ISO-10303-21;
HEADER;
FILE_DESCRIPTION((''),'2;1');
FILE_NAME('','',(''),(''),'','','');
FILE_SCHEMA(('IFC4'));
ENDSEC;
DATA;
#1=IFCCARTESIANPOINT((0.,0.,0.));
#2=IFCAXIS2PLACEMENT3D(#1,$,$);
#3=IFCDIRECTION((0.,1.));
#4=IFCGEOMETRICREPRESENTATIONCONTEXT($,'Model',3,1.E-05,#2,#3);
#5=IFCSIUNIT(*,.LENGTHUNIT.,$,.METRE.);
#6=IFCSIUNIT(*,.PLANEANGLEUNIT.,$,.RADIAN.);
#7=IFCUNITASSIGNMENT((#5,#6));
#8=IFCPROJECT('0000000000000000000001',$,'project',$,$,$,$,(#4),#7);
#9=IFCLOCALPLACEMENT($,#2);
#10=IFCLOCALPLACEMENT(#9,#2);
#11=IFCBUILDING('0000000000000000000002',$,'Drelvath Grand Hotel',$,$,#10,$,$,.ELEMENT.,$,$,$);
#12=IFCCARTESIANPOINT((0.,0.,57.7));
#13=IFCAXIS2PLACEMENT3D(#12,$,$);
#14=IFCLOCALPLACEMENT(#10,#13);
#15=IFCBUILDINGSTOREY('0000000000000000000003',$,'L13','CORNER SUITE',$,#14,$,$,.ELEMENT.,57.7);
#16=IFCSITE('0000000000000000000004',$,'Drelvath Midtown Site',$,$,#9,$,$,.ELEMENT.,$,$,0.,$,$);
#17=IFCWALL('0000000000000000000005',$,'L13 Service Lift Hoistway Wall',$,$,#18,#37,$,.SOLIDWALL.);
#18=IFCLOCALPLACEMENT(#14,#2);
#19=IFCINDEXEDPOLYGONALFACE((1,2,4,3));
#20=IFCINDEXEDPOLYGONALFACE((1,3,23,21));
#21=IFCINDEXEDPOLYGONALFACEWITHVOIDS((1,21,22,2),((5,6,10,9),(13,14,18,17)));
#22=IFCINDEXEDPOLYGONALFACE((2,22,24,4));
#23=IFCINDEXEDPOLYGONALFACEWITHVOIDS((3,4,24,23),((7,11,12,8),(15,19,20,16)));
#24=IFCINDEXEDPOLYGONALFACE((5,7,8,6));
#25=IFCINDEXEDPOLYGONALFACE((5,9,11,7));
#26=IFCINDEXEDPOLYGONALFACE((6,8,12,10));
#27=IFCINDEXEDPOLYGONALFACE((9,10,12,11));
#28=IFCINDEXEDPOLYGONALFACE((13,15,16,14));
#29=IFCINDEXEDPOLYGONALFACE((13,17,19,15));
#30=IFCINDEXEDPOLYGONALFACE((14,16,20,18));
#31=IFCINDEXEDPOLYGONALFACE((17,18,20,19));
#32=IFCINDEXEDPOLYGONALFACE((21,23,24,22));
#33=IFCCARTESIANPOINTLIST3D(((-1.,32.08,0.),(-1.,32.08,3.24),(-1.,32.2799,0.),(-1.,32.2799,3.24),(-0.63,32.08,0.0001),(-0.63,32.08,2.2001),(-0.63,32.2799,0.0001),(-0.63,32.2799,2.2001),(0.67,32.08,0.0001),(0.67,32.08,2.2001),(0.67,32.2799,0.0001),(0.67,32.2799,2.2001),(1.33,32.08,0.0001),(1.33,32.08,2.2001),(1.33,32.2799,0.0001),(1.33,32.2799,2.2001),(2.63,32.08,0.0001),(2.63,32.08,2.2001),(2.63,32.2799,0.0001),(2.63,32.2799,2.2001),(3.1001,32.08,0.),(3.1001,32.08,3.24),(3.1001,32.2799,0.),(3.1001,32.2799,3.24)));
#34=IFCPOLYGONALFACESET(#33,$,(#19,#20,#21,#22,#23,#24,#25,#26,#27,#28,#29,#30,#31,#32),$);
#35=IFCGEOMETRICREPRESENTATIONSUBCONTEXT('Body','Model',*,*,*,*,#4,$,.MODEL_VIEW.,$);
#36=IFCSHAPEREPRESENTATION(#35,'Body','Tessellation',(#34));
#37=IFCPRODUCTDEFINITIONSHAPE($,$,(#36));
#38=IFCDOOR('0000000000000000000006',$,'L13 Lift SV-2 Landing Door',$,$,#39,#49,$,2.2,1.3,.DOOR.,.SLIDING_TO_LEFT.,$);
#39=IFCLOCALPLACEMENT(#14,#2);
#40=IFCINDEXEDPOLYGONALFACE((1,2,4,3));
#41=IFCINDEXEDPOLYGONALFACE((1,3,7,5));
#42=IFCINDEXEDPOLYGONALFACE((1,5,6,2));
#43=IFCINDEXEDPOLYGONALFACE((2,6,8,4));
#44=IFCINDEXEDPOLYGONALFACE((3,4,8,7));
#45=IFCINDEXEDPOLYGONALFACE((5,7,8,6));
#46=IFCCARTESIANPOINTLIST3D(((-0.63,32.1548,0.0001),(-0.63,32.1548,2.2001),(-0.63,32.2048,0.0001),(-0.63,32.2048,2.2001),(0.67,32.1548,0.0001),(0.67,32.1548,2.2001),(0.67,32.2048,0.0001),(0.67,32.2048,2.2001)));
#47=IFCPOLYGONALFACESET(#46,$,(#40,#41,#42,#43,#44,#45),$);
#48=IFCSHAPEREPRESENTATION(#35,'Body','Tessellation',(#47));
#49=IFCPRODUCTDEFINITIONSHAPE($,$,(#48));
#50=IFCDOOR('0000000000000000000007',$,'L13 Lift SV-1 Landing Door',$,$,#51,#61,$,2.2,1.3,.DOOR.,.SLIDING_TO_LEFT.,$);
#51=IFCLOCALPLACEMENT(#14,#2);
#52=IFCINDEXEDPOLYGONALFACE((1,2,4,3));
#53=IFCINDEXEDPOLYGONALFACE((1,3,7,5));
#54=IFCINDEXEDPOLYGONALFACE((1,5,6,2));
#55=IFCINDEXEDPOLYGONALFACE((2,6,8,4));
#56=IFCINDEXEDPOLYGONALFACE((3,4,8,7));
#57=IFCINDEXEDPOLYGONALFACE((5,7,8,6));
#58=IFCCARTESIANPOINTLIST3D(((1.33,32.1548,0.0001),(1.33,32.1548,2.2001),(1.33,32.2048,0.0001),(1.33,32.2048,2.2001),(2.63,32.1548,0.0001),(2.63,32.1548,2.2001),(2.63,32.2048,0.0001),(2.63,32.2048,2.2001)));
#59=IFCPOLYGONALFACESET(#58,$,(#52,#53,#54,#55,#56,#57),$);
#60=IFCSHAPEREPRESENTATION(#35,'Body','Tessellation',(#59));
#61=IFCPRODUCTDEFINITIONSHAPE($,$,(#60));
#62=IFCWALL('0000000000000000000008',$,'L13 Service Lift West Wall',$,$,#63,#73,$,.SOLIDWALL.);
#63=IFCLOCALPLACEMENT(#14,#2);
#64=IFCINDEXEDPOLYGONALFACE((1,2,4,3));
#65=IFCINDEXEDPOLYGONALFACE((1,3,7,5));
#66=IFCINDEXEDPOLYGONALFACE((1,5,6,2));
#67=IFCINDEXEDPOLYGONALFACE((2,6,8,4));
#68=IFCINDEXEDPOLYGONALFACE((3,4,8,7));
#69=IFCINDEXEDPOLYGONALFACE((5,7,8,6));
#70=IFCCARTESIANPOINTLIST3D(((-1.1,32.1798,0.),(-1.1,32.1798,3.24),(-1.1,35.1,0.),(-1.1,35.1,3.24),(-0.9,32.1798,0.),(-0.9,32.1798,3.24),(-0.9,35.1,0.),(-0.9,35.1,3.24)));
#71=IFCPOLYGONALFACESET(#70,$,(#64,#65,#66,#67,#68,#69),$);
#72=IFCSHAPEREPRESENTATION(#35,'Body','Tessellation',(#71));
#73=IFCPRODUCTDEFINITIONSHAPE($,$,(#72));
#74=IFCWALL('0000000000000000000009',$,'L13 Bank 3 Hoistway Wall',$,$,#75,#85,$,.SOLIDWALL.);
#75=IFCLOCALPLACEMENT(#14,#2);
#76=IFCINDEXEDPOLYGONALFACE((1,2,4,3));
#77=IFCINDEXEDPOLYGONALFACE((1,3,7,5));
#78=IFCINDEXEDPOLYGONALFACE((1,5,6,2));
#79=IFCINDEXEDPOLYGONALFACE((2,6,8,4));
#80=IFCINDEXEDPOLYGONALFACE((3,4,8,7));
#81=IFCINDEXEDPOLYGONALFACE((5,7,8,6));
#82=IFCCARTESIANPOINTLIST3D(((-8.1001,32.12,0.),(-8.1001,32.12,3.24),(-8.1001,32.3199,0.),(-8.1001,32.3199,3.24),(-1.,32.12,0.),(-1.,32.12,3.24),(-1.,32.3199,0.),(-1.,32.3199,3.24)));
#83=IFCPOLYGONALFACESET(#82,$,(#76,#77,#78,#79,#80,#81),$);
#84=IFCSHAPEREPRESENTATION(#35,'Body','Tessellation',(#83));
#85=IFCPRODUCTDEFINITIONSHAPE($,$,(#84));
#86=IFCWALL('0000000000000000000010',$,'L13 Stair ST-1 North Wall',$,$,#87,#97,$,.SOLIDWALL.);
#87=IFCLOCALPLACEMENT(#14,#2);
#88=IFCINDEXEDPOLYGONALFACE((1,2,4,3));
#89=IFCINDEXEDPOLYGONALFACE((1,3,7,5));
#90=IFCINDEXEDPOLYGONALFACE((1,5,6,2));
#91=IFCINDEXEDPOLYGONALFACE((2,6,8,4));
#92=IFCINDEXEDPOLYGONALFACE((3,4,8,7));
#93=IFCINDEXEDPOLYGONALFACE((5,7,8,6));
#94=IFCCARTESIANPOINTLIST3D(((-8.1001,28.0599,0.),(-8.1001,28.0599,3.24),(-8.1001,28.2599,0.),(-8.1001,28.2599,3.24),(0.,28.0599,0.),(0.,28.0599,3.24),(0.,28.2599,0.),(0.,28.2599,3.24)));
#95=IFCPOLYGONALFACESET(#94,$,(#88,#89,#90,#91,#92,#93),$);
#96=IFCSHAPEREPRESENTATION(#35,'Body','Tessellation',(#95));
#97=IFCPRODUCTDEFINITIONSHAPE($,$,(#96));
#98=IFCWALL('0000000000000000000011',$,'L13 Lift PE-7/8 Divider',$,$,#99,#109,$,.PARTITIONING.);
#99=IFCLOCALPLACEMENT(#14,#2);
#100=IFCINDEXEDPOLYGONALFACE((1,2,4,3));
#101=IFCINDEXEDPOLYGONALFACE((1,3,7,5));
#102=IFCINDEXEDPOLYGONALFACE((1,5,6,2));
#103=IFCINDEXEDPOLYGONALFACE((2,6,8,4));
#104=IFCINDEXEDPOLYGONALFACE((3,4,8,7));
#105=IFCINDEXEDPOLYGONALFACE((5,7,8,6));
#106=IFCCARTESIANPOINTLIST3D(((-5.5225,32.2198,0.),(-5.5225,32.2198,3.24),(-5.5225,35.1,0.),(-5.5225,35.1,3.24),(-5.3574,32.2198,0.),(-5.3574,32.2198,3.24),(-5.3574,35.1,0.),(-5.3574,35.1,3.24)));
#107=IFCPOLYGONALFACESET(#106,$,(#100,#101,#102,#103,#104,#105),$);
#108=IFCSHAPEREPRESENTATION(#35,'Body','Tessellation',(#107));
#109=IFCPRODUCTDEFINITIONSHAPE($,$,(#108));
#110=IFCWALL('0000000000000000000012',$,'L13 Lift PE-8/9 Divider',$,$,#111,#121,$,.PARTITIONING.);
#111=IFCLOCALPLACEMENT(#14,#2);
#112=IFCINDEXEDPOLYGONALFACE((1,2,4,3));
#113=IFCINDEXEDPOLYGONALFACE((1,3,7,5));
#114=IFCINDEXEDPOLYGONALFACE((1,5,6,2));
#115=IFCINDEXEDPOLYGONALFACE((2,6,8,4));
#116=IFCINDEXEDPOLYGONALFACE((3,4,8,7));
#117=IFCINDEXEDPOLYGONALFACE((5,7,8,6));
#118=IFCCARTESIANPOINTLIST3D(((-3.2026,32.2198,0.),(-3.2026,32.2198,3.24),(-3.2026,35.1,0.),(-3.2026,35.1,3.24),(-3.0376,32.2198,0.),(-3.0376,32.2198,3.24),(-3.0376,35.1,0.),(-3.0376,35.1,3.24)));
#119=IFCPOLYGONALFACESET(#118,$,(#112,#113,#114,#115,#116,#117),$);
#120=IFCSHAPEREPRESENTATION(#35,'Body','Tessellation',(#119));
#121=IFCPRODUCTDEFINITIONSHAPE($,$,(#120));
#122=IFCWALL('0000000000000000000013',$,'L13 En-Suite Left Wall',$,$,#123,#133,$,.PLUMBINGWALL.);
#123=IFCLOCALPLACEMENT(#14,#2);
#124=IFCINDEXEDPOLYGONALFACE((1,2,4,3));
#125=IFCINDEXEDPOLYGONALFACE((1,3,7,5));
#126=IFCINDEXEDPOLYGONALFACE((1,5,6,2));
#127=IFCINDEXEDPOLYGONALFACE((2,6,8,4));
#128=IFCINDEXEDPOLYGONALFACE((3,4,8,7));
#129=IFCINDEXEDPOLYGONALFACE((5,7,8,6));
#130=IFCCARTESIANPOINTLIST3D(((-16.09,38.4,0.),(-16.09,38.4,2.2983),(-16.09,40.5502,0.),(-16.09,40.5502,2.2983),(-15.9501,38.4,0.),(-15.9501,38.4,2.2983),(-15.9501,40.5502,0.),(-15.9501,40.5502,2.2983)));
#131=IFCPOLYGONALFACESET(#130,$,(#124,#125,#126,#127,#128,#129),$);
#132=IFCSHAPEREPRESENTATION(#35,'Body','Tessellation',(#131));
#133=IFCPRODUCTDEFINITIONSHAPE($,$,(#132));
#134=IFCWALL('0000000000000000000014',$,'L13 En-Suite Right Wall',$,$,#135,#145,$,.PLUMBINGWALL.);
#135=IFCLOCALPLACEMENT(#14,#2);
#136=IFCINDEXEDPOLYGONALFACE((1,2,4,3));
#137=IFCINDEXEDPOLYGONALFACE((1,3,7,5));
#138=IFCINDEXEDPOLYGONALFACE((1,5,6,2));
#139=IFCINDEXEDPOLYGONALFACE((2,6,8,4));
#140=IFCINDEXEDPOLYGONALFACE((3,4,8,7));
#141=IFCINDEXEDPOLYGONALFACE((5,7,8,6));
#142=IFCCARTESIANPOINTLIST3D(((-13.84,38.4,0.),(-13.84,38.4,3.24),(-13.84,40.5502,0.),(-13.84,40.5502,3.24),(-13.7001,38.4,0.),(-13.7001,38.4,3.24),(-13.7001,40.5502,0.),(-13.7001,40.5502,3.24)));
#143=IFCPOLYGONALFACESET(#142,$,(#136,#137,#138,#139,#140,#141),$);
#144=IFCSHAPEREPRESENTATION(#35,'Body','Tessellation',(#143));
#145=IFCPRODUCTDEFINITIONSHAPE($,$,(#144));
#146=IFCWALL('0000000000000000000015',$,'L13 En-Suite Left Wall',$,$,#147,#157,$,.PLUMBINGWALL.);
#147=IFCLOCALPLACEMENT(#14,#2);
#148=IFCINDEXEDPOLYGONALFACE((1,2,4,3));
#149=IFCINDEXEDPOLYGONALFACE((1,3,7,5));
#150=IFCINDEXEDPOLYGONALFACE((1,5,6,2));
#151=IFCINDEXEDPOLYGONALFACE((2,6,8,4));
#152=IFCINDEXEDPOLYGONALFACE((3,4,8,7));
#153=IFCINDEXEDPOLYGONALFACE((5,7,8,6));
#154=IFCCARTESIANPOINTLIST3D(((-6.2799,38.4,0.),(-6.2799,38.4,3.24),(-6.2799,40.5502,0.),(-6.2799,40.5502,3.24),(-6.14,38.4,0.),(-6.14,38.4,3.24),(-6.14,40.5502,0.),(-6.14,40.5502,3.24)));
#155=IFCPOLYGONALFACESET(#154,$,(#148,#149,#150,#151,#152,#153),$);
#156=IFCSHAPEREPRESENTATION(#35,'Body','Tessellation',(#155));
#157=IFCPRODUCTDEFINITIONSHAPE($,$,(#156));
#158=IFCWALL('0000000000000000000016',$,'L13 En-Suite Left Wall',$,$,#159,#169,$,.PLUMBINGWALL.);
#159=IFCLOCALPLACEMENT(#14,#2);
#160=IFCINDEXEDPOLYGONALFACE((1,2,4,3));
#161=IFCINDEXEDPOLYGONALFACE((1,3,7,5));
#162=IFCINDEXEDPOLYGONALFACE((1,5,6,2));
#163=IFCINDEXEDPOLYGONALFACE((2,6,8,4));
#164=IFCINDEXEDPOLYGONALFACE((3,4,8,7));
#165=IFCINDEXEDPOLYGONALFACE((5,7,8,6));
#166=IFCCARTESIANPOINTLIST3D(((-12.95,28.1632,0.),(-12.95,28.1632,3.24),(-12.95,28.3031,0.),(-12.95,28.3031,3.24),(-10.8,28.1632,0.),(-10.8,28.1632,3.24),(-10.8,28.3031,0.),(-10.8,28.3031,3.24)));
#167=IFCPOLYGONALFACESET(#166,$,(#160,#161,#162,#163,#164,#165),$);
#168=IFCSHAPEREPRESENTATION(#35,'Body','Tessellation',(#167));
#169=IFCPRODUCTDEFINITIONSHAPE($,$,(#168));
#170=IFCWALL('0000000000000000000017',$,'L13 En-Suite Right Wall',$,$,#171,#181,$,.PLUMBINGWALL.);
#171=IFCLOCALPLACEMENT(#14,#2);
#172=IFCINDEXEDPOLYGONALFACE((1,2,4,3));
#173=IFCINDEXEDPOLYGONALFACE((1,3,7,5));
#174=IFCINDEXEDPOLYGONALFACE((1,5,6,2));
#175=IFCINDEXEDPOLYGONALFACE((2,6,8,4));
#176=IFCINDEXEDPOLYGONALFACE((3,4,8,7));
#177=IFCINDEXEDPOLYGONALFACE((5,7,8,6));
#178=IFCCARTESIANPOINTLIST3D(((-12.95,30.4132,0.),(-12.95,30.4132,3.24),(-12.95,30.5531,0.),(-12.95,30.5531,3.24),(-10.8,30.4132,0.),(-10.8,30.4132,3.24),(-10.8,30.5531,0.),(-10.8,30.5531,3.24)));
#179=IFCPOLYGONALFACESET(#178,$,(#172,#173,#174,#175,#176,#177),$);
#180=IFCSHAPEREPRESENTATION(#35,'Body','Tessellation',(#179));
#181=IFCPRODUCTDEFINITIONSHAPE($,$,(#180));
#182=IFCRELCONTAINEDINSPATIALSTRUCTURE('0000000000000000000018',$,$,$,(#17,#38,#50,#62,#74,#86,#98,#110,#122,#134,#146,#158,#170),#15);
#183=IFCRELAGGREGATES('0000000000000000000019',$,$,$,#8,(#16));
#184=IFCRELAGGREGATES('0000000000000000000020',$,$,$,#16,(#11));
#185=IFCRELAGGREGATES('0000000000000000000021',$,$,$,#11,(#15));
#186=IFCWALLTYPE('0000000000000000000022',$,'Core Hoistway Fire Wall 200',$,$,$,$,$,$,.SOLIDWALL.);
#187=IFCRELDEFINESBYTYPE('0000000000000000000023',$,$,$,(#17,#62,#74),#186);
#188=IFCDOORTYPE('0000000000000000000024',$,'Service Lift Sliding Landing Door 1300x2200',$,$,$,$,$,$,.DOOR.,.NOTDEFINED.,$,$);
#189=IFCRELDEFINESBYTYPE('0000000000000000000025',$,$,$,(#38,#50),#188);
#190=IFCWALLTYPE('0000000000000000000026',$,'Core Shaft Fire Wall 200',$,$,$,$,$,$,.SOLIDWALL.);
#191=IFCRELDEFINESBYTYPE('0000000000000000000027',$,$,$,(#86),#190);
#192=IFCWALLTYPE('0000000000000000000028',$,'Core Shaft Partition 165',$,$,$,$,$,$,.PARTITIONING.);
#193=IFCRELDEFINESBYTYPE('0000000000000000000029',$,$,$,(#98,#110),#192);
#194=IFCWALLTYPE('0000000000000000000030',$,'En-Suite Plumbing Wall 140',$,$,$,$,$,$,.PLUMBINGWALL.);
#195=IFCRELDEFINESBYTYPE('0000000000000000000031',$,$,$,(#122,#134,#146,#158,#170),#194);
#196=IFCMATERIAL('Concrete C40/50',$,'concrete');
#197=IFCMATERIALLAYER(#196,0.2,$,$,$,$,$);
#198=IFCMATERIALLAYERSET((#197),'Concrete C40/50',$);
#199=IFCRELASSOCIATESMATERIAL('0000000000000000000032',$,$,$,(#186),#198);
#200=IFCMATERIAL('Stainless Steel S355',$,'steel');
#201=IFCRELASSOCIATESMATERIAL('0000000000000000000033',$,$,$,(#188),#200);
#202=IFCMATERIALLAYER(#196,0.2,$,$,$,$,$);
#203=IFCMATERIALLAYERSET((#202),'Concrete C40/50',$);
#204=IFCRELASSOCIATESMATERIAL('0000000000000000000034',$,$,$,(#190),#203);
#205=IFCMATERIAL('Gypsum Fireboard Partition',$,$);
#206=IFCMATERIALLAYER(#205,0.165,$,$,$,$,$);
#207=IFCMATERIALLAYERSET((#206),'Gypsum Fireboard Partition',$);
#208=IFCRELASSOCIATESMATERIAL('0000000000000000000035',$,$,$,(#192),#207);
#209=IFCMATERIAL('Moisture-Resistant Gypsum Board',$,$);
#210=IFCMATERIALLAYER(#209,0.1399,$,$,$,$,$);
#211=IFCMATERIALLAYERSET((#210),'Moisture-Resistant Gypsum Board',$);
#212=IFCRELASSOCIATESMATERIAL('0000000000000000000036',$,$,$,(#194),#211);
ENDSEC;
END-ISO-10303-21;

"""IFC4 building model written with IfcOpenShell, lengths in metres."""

from ifc_helpers import new_model, si_unit, direction, frame, frame_2d, origin, place, context, subcontext, project, spatial, rectangle, extrude, material, layer, layer_set, type_object, element, fill, save


model = new_model("IFC4")

# Units and contexts
model_context = context("Model", 3, precision=1e-05, world=origin(), true_north=direction((0.0, 1.0)))
body_context = subcontext(model_context, "Body", "Model", "MODEL_VIEW")
ifc_project = project(units=[si_unit("LENGTHUNIT", "METRE"), si_unit("PLANEANGLEUNIT", "RADIAN")], contexts=[model_context])

# Site, building, storey
site_placement = place(None, origin())
site = spatial("IfcSite", under=ifc_project, at=site_placement, Name="Drelvath Midtown Site", CompositionType="ELEMENT", RefElevation=0.0)
building_placement = place(site_placement, origin())
building = spatial("IfcBuilding", under=site, at=building_placement, Name="Drelvath Grand Hotel", CompositionType="ELEMENT")
storey_placement = place(building_placement, frame((0.0, 0.0, 57.7)))
storey = spatial("IfcBuildingStorey", under=building, at=storey_placement, Name="L13", Description="CORNER SUITE", CompositionType="ELEMENT", Elevation=57.7)

# Wall, openings, doors
ifc_material_1 = material(Name="Concrete C40/50", Category="concrete")
ifc_layer_1 = layer(ifc_material_1, 0.2)
ifc_layer_set_1 = layer_set([ifc_layer_1], Name="Concrete C40/50")
wall_type_1 = type_object("IfcWallType", Name="Core Hoistway Fire Wall 200", PredefinedType="SOLIDWALL", material=ifc_layer_set_1)
wall_1_placement = place(storey_placement, frame((-1.0, 32.1799, 0.0), z_axis=(0.0, 0.0, 1.0), x_axis=(1.0, 0.0, 0.0)))
wall_1 = element("IfcWall", 1, at=wall_1_placement, inside=storey, type_object=wall_type_1, Name="L13 Service Lift Hoistway Wall", PredefinedType="SOLIDWALL", context=body_context, shape_type="SweptSolid", body=[
    extrude(rectangle(XDim=4.1001, YDim=0.2, at=frame_2d((2.05, 0.0))), origin(), (0.0, 0.0, 1.0), 3.24),
])
opening_1_placement = place(wall_1_placement, frame((0.3701, 0.0, 0.0)))
opening_1 = element("IfcOpeningElement", 2, at=opening_1_placement, cuts=wall_1, PredefinedType="OPENING", context=body_context, shape_type="SweptSolid", body=[
    extrude(rectangle(XDim=1.3, YDim=2.2, at=frame_2d((0.6499, 1.1001))), frame((0.0, 0.1099, 0.0), z_axis=(0.0, -1.0, 0.0), x_axis=(1.0, 0.0, 0.0)), (0.0, 0.0, 1.0), 0.22),
])
opening_2_placement = place(wall_1_placement, frame((2.3301, 0.0, 0.0)))
opening_2 = element("IfcOpeningElement", 3, at=opening_2_placement, cuts=wall_1, PredefinedType="OPENING", context=body_context, shape_type="SweptSolid", body=[
    extrude(rectangle(XDim=1.3, YDim=2.2, at=frame_2d((0.6499, 1.1001))), frame((0.0, 0.1099, 0.0), z_axis=(0.0, -1.0, 0.0), x_axis=(1.0, 0.0, 0.0)), (0.0, 0.0, 1.0), 0.22),
])
ifc_material_2 = material(Name="Stainless Steel S355", Category="steel")
door_type_1 = type_object("IfcDoorType", Name="Service Lift Sliding Landing Door 1300x2200", OperationType="NOTDEFINED", PredefinedType="DOOR", material=ifc_material_2)
door_1_placement = place(opening_1_placement, origin())
door_1 = element("IfcDoor", 4, at=door_1_placement, inside=storey, type_object=door_type_1, Name="L13 Lift SV-2 Landing Door", OperationType="SLIDING_TO_LEFT", OverallHeight=2.2, OverallWidth=1.3, PredefinedType="DOOR", context=body_context, shape_type="SweptSolid", body=[
    extrude(rectangle(XDim=1.3, YDim=2.2, at=frame_2d((0.6499, 1.1001))), frame((0.0, 0.0249, 0.0), z_axis=(0.0, -1.0, 0.0), x_axis=(1.0, 0.0, 0.0)), (0.0, 0.0, 1.0), 0.05),
])
fill(opening_1, door_1)
door_2_placement = place(opening_2_placement, origin())
door_2 = element("IfcDoor", 5, at=door_2_placement, inside=storey, type_object=door_type_1, Name="L13 Lift SV-1 Landing Door", OperationType="SLIDING_TO_LEFT", OverallHeight=2.2, OverallWidth=1.3, PredefinedType="DOOR", context=body_context, shape_type="SweptSolid", body=[
    extrude(rectangle(XDim=1.3, YDim=2.2, at=frame_2d((0.6499, 1.1001))), frame((0.0, 0.0249, 0.0), z_axis=(0.0, -1.0, 0.0), x_axis=(1.0, 0.0, 0.0)), (0.0, 0.0, 1.0), 0.05),
])
fill(opening_2, door_2)

# Walls
wall_2_placement = place(storey_placement, frame((-1.0, 32.1799, 0.0), z_axis=(0.0, 0.0, 1.0), x_axis=(0.0, 1.0, 0.0)))
element("IfcWall", 6, at=wall_2_placement, inside=storey, type_object=wall_type_1, Name="L13 Service Lift West Wall", PredefinedType="SOLIDWALL", context=body_context, shape_type="SweptSolid", body=[
    extrude(rectangle(XDim=2.9202, YDim=0.2, at=frame_2d((1.46, 0.0))), origin(), (0.0, 0.0, 1.0), 3.24),
])
wall_3_placement = place(storey_placement, frame((-8.1001, 32.22, 0.0), z_axis=(0.0, 0.0, 1.0), x_axis=(1.0, 0.0, 0.0)))
element("IfcWall", 7, at=wall_3_placement, inside=storey, type_object=wall_type_1, Name="L13 Bank 3 Hoistway Wall", PredefinedType="SOLIDWALL", context=body_context, shape_type="SweptSolid", body=[
    extrude(rectangle(XDim=7.1001, YDim=0.2, at=frame_2d((3.55, 0.0))), origin(), (0.0, 0.0, 1.0), 3.24),
])
ifc_layer_2 = layer(ifc_material_1, 0.2)
ifc_layer_set_2 = layer_set([ifc_layer_2], Name="Concrete C40/50")
wall_type_2 = type_object("IfcWallType", Name="Core Shaft Fire Wall 200", PredefinedType="SOLIDWALL", material=ifc_layer_set_2)
wall_4_placement = place(storey_placement, frame((-8.1001, 28.1599, 0.0), z_axis=(0.0, 0.0, 1.0), x_axis=(1.0, 0.0, 0.0)))
element("IfcWall", 8, at=wall_4_placement, inside=storey, type_object=wall_type_2, Name="L13 Stair ST-1 North Wall", PredefinedType="SOLIDWALL", context=body_context, shape_type="SweptSolid", body=[
    extrude(rectangle(XDim=8.1001, YDim=0.2, at=frame_2d((4.05, 0.0))), origin(), (0.0, 0.0, 1.0), 3.24),
])
ifc_material_3 = material(Name="Gypsum Fireboard Partition")
ifc_layer_3 = layer(ifc_material_3, 0.165)
ifc_layer_set_3 = layer_set([ifc_layer_3], Name="Gypsum Fireboard Partition")
wall_type_3 = type_object("IfcWallType", Name="Core Shaft Partition 165", PredefinedType="PARTITIONING", material=ifc_layer_set_3)
for number, where, z_axis, x_axis, name in (
    (9, (-5.4399, 32.22, 0.0), (0.0, 0.0, 1.0), (0.0, 1.0, 0.0), "L13 Lift PE-7/8 Divider"),
    (10, (-3.1201, 32.22, 0.0), (0.0, 0.0, 1.0), (0.0, 1.0, 0.0), "L13 Lift PE-8/9 Divider"),
):
    element("IfcWall", number, at=place(storey_placement, frame(where, z_axis=z_axis, x_axis=x_axis)), inside=storey, type_object=wall_type_3, Name=name, PredefinedType="PARTITIONING", context=body_context, shape_type="SweptSolid", body=[
        extrude(rectangle(XDim=2.8801, YDim=0.165, at=frame_2d((1.4399, 0.0))), origin(), (0.0, 0.0, 1.0), 3.24),
    ])
ifc_material_4 = material(Name="Moisture-Resistant Gypsum Board")
ifc_layer_4 = layer(ifc_material_4, 0.1399)
ifc_layer_set_4 = layer_set([ifc_layer_4], Name="Moisture-Resistant Gypsum Board")
wall_type_4 = type_object("IfcWallType", Name="En-Suite Plumbing Wall 140", PredefinedType="PLUMBINGWALL", material=ifc_layer_set_4)
wall_5_placement = place(storey_placement, frame((-16.02, 38.3999, 0.0), z_axis=(0.0, 0.0, 1.0), x_axis=(0.0, 1.0, 0.0)))
element("IfcWall", 11, at=wall_5_placement, inside=storey, type_object=wall_type_4, Name="L13 En-Suite Left Wall", PredefinedType="PLUMBINGWALL", context=body_context, shape_type="SweptSolid", body=[
    extrude(rectangle(XDim=2.1501, YDim=0.1399, at=frame_2d((1.0752, 0.0))), origin(), (0.0, 0.0, 1.0), 2.2983),
])
for number, where, z_axis, x_axis, name in (
    (12, (-13.77, 38.3999, 0.0), (0.0, 0.0, 1.0), (0.0, 1.0, 0.0), "L13 En-Suite Right Wall"),
    (13, (-6.21, 38.3999, 0.0), (0.0, 0.0, 1.0), (0.0, 1.0, 0.0), "L13 En-Suite Left Wall"),
):
    element("IfcWall", number, at=place(storey_placement, frame(where, z_axis=z_axis, x_axis=x_axis)), inside=storey, type_object=wall_type_4, Name=name, PredefinedType="PLUMBINGWALL", context=body_context, shape_type="SweptSolid", body=[
        extrude(rectangle(XDim=2.1501, YDim=0.1399, at=frame_2d((1.0752, 0.0))), origin(), (0.0, 0.0, 1.0), 3.24),
    ])
for number, where, z_axis, x_axis, name in (
    (14, (-10.8, 28.2332, 0.0), (0.0, 0.0, 1.0), (-1.0, 0.0, 0.0), "L13 En-Suite Left Wall"),
    (15, (-10.8, 30.4832, 0.0), (0.0, 0.0, 1.0), (-1.0, 0.0, 0.0), "L13 En-Suite Right Wall"),
):
    element("IfcWall", number, at=place(storey_placement, frame(where, z_axis=z_axis, x_axis=x_axis)), inside=storey, type_object=wall_type_4, Name=name, PredefinedType="PLUMBINGWALL", context=body_context, shape_type="SweptSolid", body=[
        extrude(rectangle(XDim=2.1499, YDim=0.1399, at=frame_2d((1.075, 0.0))), origin(), (0.0, 0.0, 1.0), 3.24),
    ])

save(model, "model.ifc")
